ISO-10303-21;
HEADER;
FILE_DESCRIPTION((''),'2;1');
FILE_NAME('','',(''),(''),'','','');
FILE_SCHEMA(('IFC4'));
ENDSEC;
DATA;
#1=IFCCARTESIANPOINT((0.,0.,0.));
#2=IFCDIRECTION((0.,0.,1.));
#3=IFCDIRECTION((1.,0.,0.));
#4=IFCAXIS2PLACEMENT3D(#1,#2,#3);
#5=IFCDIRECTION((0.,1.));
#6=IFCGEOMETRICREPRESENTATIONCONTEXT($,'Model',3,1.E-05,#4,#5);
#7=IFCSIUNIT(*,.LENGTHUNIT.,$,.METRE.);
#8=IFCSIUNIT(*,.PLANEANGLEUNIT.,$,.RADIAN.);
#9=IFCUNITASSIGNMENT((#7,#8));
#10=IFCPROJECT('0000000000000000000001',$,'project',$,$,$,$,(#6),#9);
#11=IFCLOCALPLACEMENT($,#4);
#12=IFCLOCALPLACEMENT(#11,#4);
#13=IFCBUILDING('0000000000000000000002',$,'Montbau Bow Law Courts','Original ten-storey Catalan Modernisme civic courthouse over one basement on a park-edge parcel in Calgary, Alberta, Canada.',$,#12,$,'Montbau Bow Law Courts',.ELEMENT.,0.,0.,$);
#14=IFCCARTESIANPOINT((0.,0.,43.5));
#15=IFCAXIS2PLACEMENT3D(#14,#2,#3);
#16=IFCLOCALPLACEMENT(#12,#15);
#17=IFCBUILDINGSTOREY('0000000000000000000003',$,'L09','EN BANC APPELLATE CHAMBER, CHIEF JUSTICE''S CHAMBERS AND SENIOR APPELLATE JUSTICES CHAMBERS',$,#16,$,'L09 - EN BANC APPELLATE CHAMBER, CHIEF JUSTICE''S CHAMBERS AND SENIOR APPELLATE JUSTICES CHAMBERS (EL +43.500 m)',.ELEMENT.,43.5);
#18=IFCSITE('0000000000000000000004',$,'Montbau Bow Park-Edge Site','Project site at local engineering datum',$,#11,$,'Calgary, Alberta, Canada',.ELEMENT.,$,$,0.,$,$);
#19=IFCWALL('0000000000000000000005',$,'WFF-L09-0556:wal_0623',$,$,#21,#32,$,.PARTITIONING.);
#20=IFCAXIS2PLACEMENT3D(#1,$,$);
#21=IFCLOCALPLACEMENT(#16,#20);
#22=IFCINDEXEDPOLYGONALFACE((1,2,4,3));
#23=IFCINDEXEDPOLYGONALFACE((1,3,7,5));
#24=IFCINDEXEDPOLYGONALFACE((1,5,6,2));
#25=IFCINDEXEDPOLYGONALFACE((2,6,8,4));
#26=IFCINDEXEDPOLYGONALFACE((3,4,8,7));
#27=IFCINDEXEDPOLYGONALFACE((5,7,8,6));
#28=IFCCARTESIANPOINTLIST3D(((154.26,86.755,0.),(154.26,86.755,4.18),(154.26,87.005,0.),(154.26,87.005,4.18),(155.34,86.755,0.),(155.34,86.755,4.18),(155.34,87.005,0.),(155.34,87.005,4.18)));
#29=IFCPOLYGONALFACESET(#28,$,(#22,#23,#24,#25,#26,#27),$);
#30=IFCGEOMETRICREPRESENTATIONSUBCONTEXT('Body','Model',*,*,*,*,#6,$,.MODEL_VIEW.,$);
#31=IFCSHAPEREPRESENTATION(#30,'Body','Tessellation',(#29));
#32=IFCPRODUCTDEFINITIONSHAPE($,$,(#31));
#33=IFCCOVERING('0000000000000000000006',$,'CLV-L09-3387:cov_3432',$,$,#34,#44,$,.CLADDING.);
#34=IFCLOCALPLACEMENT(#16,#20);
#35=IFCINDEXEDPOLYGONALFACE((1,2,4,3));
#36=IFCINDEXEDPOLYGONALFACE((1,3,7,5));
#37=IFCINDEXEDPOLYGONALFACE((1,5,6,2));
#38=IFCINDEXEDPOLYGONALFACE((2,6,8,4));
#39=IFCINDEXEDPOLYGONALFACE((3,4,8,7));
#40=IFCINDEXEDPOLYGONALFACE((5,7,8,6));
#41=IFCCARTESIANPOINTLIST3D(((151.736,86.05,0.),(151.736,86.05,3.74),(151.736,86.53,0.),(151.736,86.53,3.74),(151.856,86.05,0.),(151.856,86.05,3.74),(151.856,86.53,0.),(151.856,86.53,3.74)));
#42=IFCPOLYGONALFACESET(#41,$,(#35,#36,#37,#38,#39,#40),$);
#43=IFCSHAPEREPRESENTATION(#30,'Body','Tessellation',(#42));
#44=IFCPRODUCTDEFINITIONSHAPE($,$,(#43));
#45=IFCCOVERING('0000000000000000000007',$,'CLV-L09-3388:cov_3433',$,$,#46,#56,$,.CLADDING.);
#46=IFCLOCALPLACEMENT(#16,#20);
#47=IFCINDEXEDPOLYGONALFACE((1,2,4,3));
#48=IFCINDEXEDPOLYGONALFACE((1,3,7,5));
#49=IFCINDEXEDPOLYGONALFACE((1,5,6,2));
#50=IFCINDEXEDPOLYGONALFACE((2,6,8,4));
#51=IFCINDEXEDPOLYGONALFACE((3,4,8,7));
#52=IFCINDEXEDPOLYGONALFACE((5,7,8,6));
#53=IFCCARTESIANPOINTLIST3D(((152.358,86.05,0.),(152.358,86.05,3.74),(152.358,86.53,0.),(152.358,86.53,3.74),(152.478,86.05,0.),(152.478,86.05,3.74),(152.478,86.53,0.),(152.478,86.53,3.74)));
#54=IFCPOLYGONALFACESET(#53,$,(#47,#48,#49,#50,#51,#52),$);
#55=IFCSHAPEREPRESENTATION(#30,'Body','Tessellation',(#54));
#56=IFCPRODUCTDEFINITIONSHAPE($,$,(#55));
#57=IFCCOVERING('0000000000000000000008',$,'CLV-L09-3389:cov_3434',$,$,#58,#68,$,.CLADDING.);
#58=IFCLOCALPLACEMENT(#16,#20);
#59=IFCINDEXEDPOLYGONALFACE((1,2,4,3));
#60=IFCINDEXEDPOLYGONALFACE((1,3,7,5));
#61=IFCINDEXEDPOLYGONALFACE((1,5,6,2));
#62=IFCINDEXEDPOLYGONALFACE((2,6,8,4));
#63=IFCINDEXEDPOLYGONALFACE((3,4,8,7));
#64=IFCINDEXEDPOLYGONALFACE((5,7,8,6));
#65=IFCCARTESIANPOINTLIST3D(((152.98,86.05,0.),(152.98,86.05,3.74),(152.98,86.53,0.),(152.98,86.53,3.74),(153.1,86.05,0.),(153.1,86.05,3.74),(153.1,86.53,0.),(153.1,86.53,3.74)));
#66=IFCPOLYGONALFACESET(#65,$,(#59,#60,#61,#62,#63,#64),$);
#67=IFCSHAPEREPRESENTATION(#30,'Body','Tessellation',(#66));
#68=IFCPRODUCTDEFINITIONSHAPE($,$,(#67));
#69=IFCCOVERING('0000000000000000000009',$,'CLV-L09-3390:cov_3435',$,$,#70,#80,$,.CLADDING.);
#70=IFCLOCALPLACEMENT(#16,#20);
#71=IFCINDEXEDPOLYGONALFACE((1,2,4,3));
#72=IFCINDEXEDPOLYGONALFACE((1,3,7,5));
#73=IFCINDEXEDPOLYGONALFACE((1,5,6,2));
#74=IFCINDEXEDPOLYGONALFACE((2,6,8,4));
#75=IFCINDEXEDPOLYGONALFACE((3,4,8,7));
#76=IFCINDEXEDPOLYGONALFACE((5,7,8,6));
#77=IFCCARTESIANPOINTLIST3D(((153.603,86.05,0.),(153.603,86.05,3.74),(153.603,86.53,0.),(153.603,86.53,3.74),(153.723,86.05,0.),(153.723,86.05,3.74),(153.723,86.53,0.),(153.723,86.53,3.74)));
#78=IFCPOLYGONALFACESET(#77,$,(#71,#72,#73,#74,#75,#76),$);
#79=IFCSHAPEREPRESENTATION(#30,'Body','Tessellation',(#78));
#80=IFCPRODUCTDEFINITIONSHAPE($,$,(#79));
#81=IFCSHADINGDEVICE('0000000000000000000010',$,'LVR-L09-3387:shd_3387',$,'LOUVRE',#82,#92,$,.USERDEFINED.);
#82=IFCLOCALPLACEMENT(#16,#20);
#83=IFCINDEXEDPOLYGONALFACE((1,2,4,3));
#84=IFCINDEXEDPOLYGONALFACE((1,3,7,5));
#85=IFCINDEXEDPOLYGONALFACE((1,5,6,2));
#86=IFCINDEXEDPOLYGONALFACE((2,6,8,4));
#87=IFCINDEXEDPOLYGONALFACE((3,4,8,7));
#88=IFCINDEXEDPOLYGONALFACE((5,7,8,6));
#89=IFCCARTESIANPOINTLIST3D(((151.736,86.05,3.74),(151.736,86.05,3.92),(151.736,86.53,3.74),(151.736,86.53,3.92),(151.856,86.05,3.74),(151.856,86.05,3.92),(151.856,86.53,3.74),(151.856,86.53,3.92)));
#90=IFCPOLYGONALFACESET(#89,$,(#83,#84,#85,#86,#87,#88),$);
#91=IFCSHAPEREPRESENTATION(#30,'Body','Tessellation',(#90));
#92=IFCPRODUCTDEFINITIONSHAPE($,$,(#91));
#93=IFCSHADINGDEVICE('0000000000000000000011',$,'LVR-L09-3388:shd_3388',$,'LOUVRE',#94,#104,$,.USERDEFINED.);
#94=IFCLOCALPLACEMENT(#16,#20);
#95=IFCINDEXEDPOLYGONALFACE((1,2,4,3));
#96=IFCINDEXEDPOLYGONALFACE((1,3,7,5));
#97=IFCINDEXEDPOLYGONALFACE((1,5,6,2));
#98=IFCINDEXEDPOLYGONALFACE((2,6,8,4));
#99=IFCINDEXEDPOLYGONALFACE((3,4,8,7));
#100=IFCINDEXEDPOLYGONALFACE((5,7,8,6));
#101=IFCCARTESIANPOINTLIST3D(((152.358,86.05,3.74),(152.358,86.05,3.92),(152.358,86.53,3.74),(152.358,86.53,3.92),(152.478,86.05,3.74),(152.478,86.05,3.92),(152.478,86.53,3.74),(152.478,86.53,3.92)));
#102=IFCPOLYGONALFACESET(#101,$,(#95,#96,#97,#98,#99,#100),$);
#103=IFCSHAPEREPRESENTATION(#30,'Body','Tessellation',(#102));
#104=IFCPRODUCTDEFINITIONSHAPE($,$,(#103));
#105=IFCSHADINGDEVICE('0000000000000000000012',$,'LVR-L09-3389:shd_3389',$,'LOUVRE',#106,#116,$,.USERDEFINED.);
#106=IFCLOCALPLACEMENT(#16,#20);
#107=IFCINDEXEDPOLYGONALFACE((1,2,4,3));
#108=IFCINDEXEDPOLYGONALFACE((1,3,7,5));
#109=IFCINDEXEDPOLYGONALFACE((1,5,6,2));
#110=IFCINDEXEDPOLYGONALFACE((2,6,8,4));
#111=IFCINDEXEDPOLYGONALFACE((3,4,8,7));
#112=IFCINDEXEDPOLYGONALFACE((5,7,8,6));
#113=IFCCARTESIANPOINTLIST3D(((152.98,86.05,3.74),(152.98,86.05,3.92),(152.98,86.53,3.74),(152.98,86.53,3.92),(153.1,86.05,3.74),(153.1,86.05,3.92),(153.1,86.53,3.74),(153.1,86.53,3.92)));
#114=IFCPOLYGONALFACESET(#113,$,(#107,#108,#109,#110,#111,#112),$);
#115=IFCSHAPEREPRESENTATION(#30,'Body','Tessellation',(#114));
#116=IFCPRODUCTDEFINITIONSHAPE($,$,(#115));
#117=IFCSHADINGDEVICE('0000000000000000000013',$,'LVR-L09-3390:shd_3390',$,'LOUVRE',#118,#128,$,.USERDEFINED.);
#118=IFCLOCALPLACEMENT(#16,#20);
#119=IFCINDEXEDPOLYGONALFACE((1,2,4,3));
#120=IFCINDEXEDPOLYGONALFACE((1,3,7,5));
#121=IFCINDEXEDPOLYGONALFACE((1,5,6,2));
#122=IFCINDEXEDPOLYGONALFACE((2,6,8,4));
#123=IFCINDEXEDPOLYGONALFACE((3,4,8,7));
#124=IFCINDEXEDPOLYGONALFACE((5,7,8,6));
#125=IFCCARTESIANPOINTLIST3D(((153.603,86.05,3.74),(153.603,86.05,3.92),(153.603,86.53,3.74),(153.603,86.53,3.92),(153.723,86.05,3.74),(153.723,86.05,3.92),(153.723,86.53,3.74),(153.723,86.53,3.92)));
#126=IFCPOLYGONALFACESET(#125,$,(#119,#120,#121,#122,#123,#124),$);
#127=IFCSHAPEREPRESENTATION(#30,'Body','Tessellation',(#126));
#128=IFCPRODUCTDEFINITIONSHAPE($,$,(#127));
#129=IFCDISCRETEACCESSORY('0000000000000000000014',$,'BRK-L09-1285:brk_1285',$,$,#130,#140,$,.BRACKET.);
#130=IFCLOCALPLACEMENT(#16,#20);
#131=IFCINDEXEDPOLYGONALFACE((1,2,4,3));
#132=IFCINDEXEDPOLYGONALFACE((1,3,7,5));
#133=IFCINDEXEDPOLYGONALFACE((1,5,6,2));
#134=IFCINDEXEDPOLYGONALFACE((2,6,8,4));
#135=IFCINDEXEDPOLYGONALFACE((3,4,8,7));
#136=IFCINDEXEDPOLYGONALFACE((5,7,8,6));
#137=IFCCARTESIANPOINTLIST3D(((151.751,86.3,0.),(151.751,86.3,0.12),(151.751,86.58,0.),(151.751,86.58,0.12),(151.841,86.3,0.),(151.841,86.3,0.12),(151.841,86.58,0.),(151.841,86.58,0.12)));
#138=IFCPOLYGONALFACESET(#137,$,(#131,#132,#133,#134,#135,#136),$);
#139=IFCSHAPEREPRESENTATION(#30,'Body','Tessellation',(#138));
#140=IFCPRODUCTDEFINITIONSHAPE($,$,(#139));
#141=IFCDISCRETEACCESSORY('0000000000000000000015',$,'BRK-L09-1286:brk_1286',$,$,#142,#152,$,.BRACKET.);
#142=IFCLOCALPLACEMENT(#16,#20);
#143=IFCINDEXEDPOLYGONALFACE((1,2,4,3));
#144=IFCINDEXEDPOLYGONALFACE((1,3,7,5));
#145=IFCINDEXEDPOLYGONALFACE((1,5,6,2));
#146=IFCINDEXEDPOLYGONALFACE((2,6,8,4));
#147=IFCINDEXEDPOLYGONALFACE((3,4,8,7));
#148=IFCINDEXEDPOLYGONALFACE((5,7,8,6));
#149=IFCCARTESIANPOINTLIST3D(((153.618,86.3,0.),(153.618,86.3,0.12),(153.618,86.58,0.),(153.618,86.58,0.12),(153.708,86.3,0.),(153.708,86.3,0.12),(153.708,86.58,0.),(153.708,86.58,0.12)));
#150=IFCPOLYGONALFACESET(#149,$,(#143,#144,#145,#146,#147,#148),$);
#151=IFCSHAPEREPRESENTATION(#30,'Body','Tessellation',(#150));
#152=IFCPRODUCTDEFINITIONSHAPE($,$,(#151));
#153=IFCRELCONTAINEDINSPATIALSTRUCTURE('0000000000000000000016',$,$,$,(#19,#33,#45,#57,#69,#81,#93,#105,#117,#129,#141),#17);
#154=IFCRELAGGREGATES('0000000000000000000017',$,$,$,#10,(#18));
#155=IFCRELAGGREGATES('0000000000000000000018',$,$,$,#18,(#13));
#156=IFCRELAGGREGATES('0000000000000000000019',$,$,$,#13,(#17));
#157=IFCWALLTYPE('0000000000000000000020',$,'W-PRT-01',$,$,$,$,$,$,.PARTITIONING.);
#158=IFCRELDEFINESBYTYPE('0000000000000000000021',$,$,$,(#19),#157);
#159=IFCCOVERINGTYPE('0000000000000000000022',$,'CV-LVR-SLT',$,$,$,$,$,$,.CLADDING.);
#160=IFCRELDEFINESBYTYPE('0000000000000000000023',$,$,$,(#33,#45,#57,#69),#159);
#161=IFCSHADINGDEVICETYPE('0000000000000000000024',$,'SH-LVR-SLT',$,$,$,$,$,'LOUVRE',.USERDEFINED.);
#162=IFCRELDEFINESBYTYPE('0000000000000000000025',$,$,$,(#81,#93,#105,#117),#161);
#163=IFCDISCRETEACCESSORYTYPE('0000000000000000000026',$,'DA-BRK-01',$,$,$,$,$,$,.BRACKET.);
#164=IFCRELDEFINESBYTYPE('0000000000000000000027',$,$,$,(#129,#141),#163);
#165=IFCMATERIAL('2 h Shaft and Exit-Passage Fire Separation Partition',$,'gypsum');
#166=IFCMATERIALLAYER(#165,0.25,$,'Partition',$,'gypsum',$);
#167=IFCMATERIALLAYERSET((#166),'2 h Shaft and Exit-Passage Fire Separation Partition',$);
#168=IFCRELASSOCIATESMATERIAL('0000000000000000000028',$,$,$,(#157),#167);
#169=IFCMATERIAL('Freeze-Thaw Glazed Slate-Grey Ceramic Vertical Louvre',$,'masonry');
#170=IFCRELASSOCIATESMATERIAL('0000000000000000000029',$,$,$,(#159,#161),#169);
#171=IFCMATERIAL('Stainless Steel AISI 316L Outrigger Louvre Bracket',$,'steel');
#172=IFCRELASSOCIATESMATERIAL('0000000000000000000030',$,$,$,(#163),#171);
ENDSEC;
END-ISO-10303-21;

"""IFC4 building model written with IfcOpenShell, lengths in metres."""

from ifc_helpers import new_model, si_unit, direction, frame, frame_2d, origin_with_axes, origin_2d_with_axis, place, context, subcontext, project, spatial, rectangle, extrude, material, layer, layer_set, type_object, element, save


model = new_model("IFC4")

# Units and contexts
model_context = context("Model", 3, precision=1e-05, world=origin_with_axes(), true_north=direction((0.0, 1.0)))
body_context = subcontext(model_context, "Body", "Model", "MODEL_VIEW")
ifc_project = project(units=[si_unit("LENGTHUNIT", "METRE"), si_unit("PLANEANGLEUNIT", "RADIAN")], contexts=[model_context])

# Site, building, storey
site_placement = place(None, origin_with_axes())
site = spatial("IfcSite", under=ifc_project, at=site_placement, Name="Montbau Bow Park-Edge Site", Description="Project site at local engineering datum", LongName="Calgary, Alberta, Canada", CompositionType="ELEMENT", RefElevation=0.0)
building_placement = place(site_placement, origin_with_axes())
building = spatial("IfcBuilding", under=site, at=building_placement, Name="Montbau Bow Law Courts", Description="Original ten-storey Catalan Modernisme civic courthouse over one basement on a park-edge parcel in Calgary, Alberta, Canada.", LongName="Montbau Bow Law Courts", CompositionType="ELEMENT", ElevationOfRefHeight=0.0, ElevationOfTerrain=0.0)
storey_placement = place(building_placement, frame((0.0, 0.0, 43.5), z_axis=(0.0, 0.0, 1.0), x_axis=(1.0, 0.0, 0.0)))
storey = spatial("IfcBuildingStorey", under=building, at=storey_placement, Name="L09", Description="EN BANC APPELLATE CHAMBER, CHIEF JUSTICE'S CHAMBERS AND SENIOR APPELLATE JUSTICES CHAMBERS", LongName="L09 - EN BANC APPELLATE CHAMBER, CHIEF JUSTICE'S CHAMBERS AND SENIOR APPELLATE JUSTICES CHAMBERS (EL +43.500 m)", CompositionType="ELEMENT", Elevation=43.5)

# Wall
ifc_material_1 = material(Name="2 h Shaft and Exit-Passage Fire Separation Partition", Category="gypsum")
ifc_layer_1 = layer(ifc_material_1, 0.25, Name="Partition", Category="gypsum")
ifc_layer_set_1 = layer_set([ifc_layer_1], Name="2 h Shaft and Exit-Passage Fire Separation Partition")
wall_type_1 = type_object("IfcWallType", Name="W-PRT-01", PredefinedType="PARTITIONING", material=ifc_layer_set_1)
wall_1_placement = place(None, frame((154.26, 86.88, 43.5), z_axis=(0.0, 0.0, 1.0), x_axis=(1.0, 0.0, 0.0)))
element("IfcWall", 1, at=wall_1_placement, inside=storey, type_object=wall_type_1, Name="WFF-L09-0556:wal_0623", PredefinedType="PARTITIONING", context=body_context, shape_type="SweptSolid", body=[
    extrude(rectangle(XDim=1.08, YDim=0.25, at=frame_2d((0.54, 0.0), x_axis=(1.0, 0.0))), origin_with_axes(), (0.0, 0.0, 1.0), 4.18),
])

# Coverings
ifc_material_2 = material(Name="Freeze-Thaw Glazed Slate-Grey Ceramic Vertical Louvre", Category="masonry")
covering_type = type_object("IfcCoveringType", Name="CV-LVR-SLT", PredefinedType="CLADDING", material=ifc_material_2)
for number, where, z_axis, x_axis, name in (
    (2, (151.796, 86.53, 43.5), (-1.0, 0.0, 0.0), (0.0, -1.0, 0.0), "CLV-L09-3387:cov_3432"),
    (3, (152.418, 86.53, 43.5), (-1.0, 0.0, 0.0), (0.0, -1.0, 0.0), "CLV-L09-3388:cov_3433"),
    (4, (153.04, 86.53, 43.5), (-1.0, 0.0, 0.0), (0.0, -1.0, 0.0), "CLV-L09-3389:cov_3434"),
    (5, (153.663, 86.53, 43.5), (-1.0, 0.0, 0.0), (0.0, -1.0, 0.0), "CLV-L09-3390:cov_3435"),
):
    element("IfcCovering", number, at=place(None, frame(where, z_axis=z_axis, x_axis=x_axis)), inside=storey, type_object=covering_type, Name=name, PredefinedType="CLADDING", context=body_context, shape_type="SweptSolid", body=[
        extrude(rectangle(XDim=0.48, YDim=3.74, at=frame_2d((0.24, 1.87), x_axis=(1.0, 0.0))), frame((0.0, 0.0, -0.06), z_axis=(0.0, 0.0, 1.0), x_axis=(1.0, 0.0, 0.0)), (0.0, 0.0, 1.0), 0.12),
    ])

# Shading devices
shading_device_type = type_object("IfcShadingDeviceType", Name="SH-LVR-SLT", ElementType="LOUVRE", PredefinedType="USERDEFINED", material=ifc_material_2)
for number, where, z_axis, x_axis, name in (
    (6, (151.796, 86.29, 47.24), (0.0, 0.0, 1.0), (0.0, -1.0, 0.0), "LVR-L09-3387:shd_3387"),
    (7, (152.418, 86.29, 47.24), (0.0, 0.0, 1.0), (0.0, -1.0, 0.0), "LVR-L09-3388:shd_3388"),
    (8, (153.04, 86.29, 47.24), (0.0, 0.0, 1.0), (0.0, -1.0, 0.0), "LVR-L09-3389:shd_3389"),
    (9, (153.663, 86.29, 47.24), (0.0, 0.0, 1.0), (0.0, -1.0, 0.0), "LVR-L09-3390:shd_3390"),
):
    element("IfcShadingDevice", number, at=place(None, frame(where, z_axis=z_axis, x_axis=x_axis)), inside=storey, type_object=shading_device_type, Name=name, ObjectType="LOUVRE", PredefinedType="USERDEFINED", context=body_context, shape_type="SweptSolid", body=[
        extrude(rectangle(XDim=0.48, YDim=0.12, at=origin_2d_with_axis()), origin_with_axes(), (0.0, 0.0, 1.0), 0.18),
    ])

# Discrete accessories
ifc_material_3 = material(Name="Stainless Steel AISI 316L Outrigger Louvre Bracket", Category="steel")
discrete_accessory_type = type_object("IfcDiscreteAccessoryType", Name="DA-BRK-01", PredefinedType="BRACKET", material=ifc_material_3)
for number, where, z_axis, x_axis, name in (
    (10, (151.796, 86.44, 43.5), (0.0, 0.0, 1.0), (0.0, -1.0, 0.0), "BRK-L09-1285:brk_1285"),
    (11, (153.663, 86.44, 43.5), (0.0, 0.0, 1.0), (0.0, -1.0, 0.0), "BRK-L09-1286:brk_1286"),
):
    element("IfcDiscreteAccessory", number, at=place(None, frame(where, z_axis=z_axis, x_axis=x_axis)), inside=storey, type_object=discrete_accessory_type, Name=name, PredefinedType="BRACKET", context=body_context, shape_type="SweptSolid", body=[
        extrude(rectangle(XDim=0.28, YDim=0.09, at=origin_2d_with_axis()), origin_with_axes(), (0.0, 0.0, 1.0), 0.12),
    ])

save(model, "model.ifc")
